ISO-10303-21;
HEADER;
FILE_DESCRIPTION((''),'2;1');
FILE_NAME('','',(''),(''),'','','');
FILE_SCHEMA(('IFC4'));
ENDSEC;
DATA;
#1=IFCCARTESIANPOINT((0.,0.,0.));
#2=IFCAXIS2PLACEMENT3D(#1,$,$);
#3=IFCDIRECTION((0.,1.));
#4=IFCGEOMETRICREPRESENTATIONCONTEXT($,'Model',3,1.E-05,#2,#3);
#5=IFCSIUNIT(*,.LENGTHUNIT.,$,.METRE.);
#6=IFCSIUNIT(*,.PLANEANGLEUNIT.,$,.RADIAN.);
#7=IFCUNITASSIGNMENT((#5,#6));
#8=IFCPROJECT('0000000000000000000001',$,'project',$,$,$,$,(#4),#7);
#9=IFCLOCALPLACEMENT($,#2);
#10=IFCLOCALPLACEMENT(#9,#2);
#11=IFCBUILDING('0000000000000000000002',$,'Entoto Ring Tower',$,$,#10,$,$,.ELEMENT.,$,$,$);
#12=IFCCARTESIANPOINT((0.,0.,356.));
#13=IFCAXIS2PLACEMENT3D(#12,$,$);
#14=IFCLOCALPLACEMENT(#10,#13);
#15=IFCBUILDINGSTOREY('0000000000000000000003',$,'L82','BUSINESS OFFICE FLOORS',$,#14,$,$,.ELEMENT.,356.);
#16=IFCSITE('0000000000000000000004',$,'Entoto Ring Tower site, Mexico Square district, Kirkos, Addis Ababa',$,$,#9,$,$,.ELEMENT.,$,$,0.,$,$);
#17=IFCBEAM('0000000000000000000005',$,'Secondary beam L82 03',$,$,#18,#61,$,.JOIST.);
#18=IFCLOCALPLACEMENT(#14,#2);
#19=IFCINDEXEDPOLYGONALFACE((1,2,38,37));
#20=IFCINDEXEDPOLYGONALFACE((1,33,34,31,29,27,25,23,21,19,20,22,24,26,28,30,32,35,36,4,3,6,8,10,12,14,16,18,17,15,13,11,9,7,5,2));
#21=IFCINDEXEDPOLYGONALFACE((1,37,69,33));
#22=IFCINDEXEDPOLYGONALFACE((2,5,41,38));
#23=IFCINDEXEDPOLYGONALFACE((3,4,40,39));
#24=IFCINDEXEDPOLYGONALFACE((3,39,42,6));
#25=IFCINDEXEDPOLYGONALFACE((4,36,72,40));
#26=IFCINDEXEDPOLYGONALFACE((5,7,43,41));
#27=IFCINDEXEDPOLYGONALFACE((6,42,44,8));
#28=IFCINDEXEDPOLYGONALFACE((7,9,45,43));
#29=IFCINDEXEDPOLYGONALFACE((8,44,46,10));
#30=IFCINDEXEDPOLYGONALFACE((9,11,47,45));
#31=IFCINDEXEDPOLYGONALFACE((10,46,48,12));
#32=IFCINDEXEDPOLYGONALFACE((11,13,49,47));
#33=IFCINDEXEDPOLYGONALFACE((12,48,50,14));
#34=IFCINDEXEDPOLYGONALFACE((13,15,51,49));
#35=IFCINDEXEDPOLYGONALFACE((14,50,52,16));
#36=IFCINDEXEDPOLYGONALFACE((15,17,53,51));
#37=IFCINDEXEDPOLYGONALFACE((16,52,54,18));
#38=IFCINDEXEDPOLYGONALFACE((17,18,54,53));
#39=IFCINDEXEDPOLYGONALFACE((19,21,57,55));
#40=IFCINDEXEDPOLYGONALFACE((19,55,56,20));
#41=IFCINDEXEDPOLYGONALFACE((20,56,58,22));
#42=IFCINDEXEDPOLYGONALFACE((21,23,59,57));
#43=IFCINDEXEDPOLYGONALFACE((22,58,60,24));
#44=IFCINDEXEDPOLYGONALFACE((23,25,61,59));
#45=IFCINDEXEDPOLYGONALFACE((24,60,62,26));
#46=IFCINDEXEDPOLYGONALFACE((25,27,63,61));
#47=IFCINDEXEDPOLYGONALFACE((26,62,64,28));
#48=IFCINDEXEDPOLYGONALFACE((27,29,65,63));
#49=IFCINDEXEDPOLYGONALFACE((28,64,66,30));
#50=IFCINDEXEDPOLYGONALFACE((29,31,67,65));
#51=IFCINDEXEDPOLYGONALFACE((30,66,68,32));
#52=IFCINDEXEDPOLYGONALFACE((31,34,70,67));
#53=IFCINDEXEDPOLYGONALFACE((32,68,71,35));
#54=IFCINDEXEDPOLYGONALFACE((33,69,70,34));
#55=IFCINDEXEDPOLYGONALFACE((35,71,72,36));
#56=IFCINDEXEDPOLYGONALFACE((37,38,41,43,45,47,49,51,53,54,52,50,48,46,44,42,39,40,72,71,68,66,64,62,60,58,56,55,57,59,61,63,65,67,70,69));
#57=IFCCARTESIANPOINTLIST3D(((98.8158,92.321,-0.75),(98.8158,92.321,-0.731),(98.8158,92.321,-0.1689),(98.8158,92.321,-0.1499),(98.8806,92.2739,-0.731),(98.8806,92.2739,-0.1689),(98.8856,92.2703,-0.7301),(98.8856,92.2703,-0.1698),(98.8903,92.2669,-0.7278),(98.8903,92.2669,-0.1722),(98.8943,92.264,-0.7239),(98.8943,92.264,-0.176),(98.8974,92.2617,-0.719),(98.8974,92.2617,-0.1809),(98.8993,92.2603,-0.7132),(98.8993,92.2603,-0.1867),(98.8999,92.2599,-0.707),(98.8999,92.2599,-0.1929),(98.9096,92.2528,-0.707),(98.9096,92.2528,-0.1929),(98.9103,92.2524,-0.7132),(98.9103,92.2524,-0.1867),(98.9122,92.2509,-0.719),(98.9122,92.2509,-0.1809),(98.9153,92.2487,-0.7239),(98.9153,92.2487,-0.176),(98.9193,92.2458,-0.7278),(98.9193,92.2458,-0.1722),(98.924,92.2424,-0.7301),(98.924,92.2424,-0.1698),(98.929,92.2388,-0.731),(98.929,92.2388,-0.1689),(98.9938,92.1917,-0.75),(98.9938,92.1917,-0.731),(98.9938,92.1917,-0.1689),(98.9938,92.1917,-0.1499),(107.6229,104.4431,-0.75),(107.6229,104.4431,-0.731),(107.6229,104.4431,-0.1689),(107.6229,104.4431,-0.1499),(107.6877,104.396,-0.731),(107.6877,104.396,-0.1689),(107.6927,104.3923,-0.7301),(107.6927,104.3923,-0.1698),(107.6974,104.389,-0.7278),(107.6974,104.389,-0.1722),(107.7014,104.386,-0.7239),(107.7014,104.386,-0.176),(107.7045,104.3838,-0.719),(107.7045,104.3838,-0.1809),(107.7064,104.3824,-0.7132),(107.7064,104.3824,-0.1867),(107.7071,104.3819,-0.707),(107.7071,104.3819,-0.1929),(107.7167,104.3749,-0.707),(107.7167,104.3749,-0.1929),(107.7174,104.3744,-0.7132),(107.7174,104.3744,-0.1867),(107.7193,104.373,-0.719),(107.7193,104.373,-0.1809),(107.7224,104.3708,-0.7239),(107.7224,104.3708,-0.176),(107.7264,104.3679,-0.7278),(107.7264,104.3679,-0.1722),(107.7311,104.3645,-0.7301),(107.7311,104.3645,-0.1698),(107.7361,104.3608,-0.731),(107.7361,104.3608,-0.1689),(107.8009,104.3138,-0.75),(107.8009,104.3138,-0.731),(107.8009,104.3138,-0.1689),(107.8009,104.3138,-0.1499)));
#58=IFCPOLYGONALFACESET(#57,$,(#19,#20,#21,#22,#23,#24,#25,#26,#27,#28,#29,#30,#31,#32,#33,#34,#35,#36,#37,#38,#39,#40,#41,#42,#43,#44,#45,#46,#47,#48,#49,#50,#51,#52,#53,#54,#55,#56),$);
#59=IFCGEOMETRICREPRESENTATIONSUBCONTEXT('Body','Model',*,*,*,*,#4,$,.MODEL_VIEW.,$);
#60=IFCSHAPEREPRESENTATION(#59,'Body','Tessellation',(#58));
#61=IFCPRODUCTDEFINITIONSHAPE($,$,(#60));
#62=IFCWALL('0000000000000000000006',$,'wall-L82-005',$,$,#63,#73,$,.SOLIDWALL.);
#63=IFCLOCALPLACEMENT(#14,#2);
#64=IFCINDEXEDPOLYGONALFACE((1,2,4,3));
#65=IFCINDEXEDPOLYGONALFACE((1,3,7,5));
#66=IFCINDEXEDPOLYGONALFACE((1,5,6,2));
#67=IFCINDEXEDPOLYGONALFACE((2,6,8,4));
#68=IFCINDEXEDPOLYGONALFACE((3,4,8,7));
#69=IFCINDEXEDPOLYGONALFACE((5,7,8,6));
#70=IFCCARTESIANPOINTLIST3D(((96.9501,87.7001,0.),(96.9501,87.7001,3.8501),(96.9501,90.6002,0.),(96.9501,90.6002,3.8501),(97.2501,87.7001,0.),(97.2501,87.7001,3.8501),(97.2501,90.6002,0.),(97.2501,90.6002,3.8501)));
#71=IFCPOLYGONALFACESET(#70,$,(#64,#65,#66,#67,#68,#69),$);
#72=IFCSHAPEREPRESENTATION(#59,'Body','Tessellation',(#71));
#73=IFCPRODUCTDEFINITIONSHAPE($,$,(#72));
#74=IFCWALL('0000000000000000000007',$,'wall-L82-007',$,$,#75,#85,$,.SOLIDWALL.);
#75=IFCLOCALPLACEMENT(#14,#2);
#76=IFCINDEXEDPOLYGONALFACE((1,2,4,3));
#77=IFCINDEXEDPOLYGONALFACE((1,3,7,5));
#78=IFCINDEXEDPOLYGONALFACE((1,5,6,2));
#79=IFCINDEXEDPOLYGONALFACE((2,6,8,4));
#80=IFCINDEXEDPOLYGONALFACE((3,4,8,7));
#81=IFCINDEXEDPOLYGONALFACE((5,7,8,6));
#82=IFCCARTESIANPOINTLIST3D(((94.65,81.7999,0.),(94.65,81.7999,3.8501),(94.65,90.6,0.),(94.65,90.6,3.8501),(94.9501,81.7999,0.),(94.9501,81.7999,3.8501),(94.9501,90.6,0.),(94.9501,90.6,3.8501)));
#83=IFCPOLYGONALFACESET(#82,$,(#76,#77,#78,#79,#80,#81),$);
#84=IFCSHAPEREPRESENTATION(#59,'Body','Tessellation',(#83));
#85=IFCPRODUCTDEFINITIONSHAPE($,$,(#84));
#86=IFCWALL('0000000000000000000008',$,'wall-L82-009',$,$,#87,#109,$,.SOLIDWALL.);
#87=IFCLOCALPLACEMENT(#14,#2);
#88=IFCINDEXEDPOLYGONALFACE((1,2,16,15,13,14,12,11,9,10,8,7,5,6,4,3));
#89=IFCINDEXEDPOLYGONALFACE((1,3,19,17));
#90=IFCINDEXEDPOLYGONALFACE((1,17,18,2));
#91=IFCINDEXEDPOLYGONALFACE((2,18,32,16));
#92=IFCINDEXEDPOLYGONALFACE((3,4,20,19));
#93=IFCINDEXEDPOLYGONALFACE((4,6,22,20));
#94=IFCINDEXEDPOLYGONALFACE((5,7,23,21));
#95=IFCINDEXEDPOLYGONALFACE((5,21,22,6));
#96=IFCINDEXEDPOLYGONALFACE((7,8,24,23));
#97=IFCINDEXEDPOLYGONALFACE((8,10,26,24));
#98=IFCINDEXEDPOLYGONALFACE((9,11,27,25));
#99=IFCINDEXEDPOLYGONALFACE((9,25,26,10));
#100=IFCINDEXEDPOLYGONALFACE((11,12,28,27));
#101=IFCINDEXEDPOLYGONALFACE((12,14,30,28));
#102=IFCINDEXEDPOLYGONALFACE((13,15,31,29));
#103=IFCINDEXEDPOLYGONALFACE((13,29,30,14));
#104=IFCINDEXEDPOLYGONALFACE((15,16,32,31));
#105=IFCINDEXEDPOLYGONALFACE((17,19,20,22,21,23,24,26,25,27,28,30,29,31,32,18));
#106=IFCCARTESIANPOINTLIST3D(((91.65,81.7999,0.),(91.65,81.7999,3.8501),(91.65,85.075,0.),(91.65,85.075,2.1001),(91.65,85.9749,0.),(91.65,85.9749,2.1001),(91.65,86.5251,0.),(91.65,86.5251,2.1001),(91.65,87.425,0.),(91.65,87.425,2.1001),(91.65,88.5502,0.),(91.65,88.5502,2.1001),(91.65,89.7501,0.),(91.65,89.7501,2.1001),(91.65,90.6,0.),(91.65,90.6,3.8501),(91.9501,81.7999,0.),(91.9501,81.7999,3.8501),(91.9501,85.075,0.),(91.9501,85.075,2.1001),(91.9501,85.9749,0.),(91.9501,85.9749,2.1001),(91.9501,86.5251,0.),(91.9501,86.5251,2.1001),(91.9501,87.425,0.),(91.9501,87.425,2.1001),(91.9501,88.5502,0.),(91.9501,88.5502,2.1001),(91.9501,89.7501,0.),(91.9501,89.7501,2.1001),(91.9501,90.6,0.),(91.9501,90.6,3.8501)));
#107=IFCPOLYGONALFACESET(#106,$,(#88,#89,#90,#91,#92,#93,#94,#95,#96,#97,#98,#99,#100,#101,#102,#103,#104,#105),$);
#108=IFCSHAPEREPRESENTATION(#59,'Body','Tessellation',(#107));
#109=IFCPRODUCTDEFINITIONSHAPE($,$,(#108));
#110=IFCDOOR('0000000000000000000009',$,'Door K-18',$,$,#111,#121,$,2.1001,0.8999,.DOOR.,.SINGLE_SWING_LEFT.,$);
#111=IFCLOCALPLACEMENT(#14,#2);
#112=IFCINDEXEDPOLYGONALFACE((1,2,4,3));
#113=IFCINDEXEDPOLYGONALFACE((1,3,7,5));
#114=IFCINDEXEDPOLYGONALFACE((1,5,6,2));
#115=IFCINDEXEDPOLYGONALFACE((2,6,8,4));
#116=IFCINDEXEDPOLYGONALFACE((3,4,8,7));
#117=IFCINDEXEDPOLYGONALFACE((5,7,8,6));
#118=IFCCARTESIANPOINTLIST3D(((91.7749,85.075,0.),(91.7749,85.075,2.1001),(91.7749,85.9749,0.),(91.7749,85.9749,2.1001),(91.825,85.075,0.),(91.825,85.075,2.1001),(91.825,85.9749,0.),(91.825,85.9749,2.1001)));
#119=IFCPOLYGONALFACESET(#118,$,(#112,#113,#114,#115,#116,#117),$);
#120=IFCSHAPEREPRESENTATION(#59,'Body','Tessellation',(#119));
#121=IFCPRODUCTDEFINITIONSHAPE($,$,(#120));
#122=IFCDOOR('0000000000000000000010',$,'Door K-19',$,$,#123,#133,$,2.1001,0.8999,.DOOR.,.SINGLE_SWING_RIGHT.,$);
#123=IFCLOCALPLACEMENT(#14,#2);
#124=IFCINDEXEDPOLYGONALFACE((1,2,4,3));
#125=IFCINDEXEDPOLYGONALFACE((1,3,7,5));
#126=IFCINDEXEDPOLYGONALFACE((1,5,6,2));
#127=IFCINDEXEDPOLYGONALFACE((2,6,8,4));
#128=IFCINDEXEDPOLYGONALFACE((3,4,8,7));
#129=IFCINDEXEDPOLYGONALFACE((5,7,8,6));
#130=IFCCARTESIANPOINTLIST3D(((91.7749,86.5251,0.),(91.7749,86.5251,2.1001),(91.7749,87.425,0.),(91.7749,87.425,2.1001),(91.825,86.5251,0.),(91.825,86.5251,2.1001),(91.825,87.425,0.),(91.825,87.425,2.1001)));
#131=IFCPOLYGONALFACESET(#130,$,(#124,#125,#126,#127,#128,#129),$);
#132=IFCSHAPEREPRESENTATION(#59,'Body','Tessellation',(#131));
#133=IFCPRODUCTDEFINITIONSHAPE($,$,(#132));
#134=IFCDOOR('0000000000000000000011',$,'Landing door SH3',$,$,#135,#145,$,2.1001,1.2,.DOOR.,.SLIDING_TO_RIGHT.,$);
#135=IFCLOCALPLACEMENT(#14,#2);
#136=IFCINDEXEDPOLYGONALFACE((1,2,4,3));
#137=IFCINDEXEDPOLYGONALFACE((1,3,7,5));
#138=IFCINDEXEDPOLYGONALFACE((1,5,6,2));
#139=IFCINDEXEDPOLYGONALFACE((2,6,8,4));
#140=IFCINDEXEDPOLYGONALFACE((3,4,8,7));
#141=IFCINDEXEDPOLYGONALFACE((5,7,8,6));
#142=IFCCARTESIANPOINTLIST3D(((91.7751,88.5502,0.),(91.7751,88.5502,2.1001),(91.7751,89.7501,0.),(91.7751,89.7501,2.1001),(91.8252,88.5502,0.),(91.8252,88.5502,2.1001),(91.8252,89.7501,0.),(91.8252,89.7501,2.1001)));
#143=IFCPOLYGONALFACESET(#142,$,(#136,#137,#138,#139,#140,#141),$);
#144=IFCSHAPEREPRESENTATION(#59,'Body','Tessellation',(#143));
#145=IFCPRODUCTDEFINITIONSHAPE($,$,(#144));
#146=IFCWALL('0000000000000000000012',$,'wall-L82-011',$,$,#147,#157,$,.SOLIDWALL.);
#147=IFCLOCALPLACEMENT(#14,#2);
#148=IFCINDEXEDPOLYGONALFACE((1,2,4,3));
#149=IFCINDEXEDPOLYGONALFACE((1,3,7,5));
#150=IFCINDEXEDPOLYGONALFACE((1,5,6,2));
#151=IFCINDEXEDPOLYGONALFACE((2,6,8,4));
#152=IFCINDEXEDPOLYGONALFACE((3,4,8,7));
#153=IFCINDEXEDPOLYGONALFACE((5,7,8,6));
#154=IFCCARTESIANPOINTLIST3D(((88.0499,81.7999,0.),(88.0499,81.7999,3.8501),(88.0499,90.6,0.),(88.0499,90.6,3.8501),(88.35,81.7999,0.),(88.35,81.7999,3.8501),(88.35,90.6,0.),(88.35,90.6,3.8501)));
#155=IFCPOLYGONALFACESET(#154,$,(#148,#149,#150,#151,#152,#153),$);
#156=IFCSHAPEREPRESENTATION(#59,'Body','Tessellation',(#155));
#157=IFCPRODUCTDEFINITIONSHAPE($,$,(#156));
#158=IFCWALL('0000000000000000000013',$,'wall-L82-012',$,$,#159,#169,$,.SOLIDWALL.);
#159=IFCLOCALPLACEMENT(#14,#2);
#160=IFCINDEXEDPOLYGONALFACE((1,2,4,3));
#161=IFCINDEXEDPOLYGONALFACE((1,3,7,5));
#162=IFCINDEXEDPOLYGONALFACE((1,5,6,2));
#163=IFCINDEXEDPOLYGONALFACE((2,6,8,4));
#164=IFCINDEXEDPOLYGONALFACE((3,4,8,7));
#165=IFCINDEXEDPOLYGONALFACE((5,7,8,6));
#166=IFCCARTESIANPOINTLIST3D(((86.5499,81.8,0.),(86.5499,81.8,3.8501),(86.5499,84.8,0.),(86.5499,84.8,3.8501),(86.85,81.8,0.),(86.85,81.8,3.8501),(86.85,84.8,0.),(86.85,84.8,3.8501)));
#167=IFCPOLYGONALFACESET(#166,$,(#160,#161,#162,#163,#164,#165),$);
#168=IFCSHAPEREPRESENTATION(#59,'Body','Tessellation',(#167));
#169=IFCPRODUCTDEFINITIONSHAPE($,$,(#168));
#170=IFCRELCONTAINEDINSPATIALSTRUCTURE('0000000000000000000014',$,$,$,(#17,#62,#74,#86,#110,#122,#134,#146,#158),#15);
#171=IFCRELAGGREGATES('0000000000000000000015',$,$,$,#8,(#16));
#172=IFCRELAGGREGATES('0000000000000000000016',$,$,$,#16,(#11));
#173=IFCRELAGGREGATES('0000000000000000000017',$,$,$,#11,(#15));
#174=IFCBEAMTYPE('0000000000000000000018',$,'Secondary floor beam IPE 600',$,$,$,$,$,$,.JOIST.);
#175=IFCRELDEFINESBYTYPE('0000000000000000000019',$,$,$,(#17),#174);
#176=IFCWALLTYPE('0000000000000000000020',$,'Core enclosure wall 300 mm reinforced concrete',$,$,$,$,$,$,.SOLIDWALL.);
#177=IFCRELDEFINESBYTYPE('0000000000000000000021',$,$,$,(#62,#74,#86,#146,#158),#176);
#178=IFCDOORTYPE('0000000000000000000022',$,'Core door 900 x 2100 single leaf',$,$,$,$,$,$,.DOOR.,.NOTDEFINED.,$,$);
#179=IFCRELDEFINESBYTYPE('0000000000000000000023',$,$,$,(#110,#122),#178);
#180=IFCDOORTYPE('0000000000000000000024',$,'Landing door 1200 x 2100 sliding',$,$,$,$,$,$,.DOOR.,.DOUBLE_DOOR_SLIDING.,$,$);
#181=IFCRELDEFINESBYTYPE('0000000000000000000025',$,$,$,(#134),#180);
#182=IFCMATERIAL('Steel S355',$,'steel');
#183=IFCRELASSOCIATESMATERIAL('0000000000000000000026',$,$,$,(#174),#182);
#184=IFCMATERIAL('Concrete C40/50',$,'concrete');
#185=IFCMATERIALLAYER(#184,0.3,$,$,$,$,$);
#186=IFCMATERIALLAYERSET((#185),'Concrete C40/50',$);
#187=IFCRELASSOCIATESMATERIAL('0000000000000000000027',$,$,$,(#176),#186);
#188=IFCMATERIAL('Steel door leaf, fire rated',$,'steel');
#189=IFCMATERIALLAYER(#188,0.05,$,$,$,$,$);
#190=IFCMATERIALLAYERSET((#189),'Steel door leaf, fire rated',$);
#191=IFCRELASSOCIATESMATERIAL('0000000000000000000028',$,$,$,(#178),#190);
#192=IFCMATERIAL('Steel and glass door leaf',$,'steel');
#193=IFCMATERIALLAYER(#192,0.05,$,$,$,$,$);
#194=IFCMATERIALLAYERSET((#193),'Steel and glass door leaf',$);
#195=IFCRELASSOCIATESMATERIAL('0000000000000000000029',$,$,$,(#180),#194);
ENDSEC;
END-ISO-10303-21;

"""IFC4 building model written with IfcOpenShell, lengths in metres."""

from ifc_helpers import new_model, si_unit, direction, frame, frame_2d, origin, origin_2d, place, context, subcontext, project, spatial, rectangle, i_section, extrude, material, layer, layer_set, material_profile, profile_set, type_object, element, fill, save


model = new_model("IFC4")

# Units and contexts
model_context = context("Model", 3, precision=1e-05, world=origin(), true_north=direction((0.0, 1.0)))
body_context = subcontext(model_context, "Body", "Model", "MODEL_VIEW")
ifc_project = project(units=[si_unit("LENGTHUNIT", "METRE"), si_unit("PLANEANGLEUNIT", "RADIAN")], contexts=[model_context])

# Site, building, storey
site_placement = place(None, origin())
site = spatial("IfcSite", under=ifc_project, at=site_placement, Name="Entoto Ring Tower site, Mexico Square district, Kirkos, Addis Ababa", CompositionType="ELEMENT", RefElevation=0.0)
building_placement = place(site_placement, origin())
building = spatial("IfcBuilding", under=site, at=building_placement, Name="Entoto Ring Tower", CompositionType="ELEMENT")
storey_placement = place(building_placement, frame((0.0, 0.0, 356.0)))
storey = spatial("IfcBuildingStorey", under=building, at=storey_placement, Name="L82", Description="BUSINESS OFFICE FLOORS", CompositionType="ELEMENT", Elevation=356.0)

# Beam
ifc_material_1 = material(Name="Steel S355", Category="steel")
ifc_material_profile = material_profile(ifc_material_1, i_section(OverallWidth=0.22, OverallDepth=0.6001, WebThickness=0.012, FlangeThickness=0.019, FilletRadius=0.0239, at=origin_2d()), Name="IPE 600")
ifc_profile_set = profile_set([ifc_material_profile], Name="Steel S355")
beam_type = type_object("IfcBeamType", Name="Secondary floor beam IPE 600", PredefinedType="JOIST", material=ifc_profile_set)
beam_placement = place(storey_placement, frame((98.9048, 92.2563, -0.45), z_axis=(0.587782, 0.809019, 0.0), x_axis=(-0.809019, 0.587782, 0.0)))
element("IfcBeam", 1, at=beam_placement, inside=storey, type_object=beam_type, Name="Secondary beam L82 03", PredefinedType="JOIST", context=body_context, shape_type="SweptSolid", body=[
    extrude(i_section(OverallWidth=0.22, OverallDepth=0.6001, WebThickness=0.012, FlangeThickness=0.019, FilletRadius=0.0239, at=origin_2d()), origin(), (0.0, 0.0, 1.0), 14.9836),
])

# Walls
ifc_material_2 = material(Name="Concrete C40/50", Category="concrete")
ifc_layer_1 = layer(ifc_material_2, 0.3)
ifc_layer_set_1 = layer_set([ifc_layer_1], Name="Concrete C40/50")
wall_type_1 = type_object("IfcWallType", Name="Core enclosure wall 300 mm reinforced concrete", PredefinedType="SOLIDWALL", material=ifc_layer_set_1)
wall_1_placement = place(storey_placement, frame((97.1001, 87.7, 0.0), z_axis=(0.0, 0.0, 1.0), x_axis=(0.0, 1.0, 0.0)))
element("IfcWall", 2, at=wall_1_placement, inside=storey, type_object=wall_type_1, Name="wall-L82-005", PredefinedType="SOLIDWALL", context=body_context, shape_type="SweptSolid", body=[
    extrude(rectangle(XDim=2.9001, YDim=0.3, at=frame_2d((1.4502, 0.0))), origin(), (0.0, 0.0, 1.0), 3.8501),
])
wall_2_placement = place(storey_placement, frame((94.8, 81.8, 0.0), z_axis=(0.0, 0.0, 1.0), x_axis=(0.0, 1.0, 0.0)))
element("IfcWall", 3, at=wall_2_placement, inside=storey, type_object=wall_type_1, Name="wall-L82-007", PredefinedType="SOLIDWALL", context=body_context, shape_type="SweptSolid", body=[
    extrude(rectangle(XDim=8.8, YDim=0.3, at=frame_2d((4.3999, 0.0))), origin(), (0.0, 0.0, 1.0), 3.8501),
])

# Wall, openings, doors
wall_3_placement = place(storey_placement, frame((91.8, 81.8, 0.0), z_axis=(0.0, 0.0, 1.0), x_axis=(0.0, 1.0, 0.0)))
wall_3 = element("IfcWall", 4, at=wall_3_placement, inside=storey, type_object=wall_type_1, Name="wall-L82-009", PredefinedType="SOLIDWALL", context=body_context, shape_type="SweptSolid", body=[
    extrude(rectangle(XDim=8.8, YDim=0.3, at=frame_2d((4.3999, 0.0))), origin(), (0.0, 0.0, 1.0), 3.8501),
])
opening_1_placement = place(wall_3_placement, frame((6.75, 0.0, 0.0)))
opening_1 = element("IfcOpeningElement", 5, at=opening_1_placement, cuts=wall_3, PredefinedType="OPENING", context=body_context, shape_type="SweptSolid", body=[
    extrude(rectangle(XDim=1.2, YDim=2.1001, at=frame_2d((0.6001, 1.05))), frame((0.0, 0.1602, 0.0), z_axis=(0.0, -1.0, 0.0), x_axis=(1.0, 0.0, 0.0)), (0.0, 0.0, 1.0), 0.3201),
])
opening_2_placement = place(wall_3_placement, frame((3.2749, 0.0, 0.0)))
opening_2 = element("IfcOpeningElement", 6, at=opening_2_placement, cuts=wall_3, PredefinedType="OPENING", context=body_context, shape_type="SweptSolid", body=[
    extrude(rectangle(XDim=0.8999, YDim=2.1001, at=frame_2d((0.45, 1.05))), frame((0.0, 0.1602, 0.0), z_axis=(0.0, -1.0, 0.0), x_axis=(1.0, 0.0, 0.0)), (0.0, 0.0, 1.0), 0.3201),
])
opening_3_placement = place(wall_3_placement, frame((4.7251, 0.0, 0.0)))
opening_3 = element("IfcOpeningElement", 7, at=opening_3_placement, cuts=wall_3, PredefinedType="OPENING", context=body_context, shape_type="SweptSolid", body=[
    extrude(rectangle(XDim=0.8999, YDim=2.1001, at=frame_2d((0.45, 1.05))), frame((0.0, 0.1602, 0.0), z_axis=(0.0, -1.0, 0.0), x_axis=(1.0, 0.0, 0.0)), (0.0, 0.0, 1.0), 0.3201),
])
ifc_material_3 = material(Name="Steel door leaf, fire rated", Category="steel")
ifc_layer_2 = layer(ifc_material_3, 0.05)
ifc_layer_set_2 = layer_set([ifc_layer_2], Name="Steel door leaf, fire rated")
door_type_1 = type_object("IfcDoorType", Name="Core door 900 x 2100 single leaf", OperationType="NOTDEFINED", PredefinedType="DOOR", material=ifc_layer_set_2)
door_1_placement = place(opening_2_placement, frame((0.8999, 0.0, 0.0), z_axis=(0.0, 0.0, 1.0), x_axis=(-1.0, 0.0, 0.0)))
door_1 = element("IfcDoor", 8, at=door_1_placement, inside=storey, type_object=door_type_1, Name="Door K-18", OperationType="SINGLE_SWING_LEFT", OverallHeight=2.1001, OverallWidth=0.8999, PredefinedType="DOOR", context=body_context, shape_type="SweptSolid", body=[
    extrude(rectangle(XDim=0.8999, YDim=2.1001, at=frame_2d((0.45, 1.05))), frame((0.0, 0.0249, 0.0), z_axis=(0.0, -1.0, 0.0), x_axis=(1.0, 0.0, 0.0)), (0.0, 0.0, 1.0), 0.05),
])
fill(opening_2, door_1)
door_2_placement = place(opening_3_placement, frame((0.8999, 0.0, 0.0), z_axis=(0.0, 0.0, 1.0), x_axis=(-1.0, 0.0, 0.0)))
door_2 = element("IfcDoor", 9, at=door_2_placement, inside=storey, type_object=door_type_1, Name="Door K-19", OperationType="SINGLE_SWING_RIGHT", OverallHeight=2.1001, OverallWidth=0.8999, PredefinedType="DOOR", context=body_context, shape_type="SweptSolid", body=[
    extrude(rectangle(XDim=0.8999, YDim=2.1001, at=frame_2d((0.45, 1.05))), frame((0.0, 0.0249, 0.0), z_axis=(0.0, -1.0, 0.0), x_axis=(1.0, 0.0, 0.0)), (0.0, 0.0, 1.0), 0.05),
])
fill(opening_3, door_2)
ifc_material_4 = material(Name="Steel and glass door leaf", Category="steel")
ifc_layer_3 = layer(ifc_material_4, 0.05)
ifc_layer_set_3 = layer_set([ifc_layer_3], Name="Steel and glass door leaf")
door_type_2 = type_object("IfcDoorType", Name="Landing door 1200 x 2100 sliding", OperationType="DOUBLE_DOOR_SLIDING", PredefinedType="DOOR", material=ifc_layer_set_3)
door_3_placement = place(opening_1_placement, origin())
door_3 = element("IfcDoor", 10, at=door_3_placement, inside=storey, type_object=door_type_2, Name="Landing door SH3", OperationType="SLIDING_TO_RIGHT", OverallHeight=2.1001, OverallWidth=1.2, PredefinedType="DOOR", context=body_context, shape_type="SweptSolid", body=[
    extrude(rectangle(XDim=1.2, YDim=2.1001, at=frame_2d((0.6001, 1.05))), frame((0.0, 0.0249, 0.0), z_axis=(0.0, -1.0, 0.0), x_axis=(1.0, 0.0, 0.0)), (0.0, 0.0, 1.0), 0.05),
])
fill(opening_1, door_3)

# Walls
wall_4_placement = place(storey_placement, frame((88.2, 81.8, 0.0), z_axis=(0.0, 0.0, 1.0), x_axis=(0.0, 1.0, 0.0)))
element("IfcWall", 11, at=wall_4_placement, inside=storey, type_object=wall_type_1, Name="wall-L82-011", PredefinedType="SOLIDWALL", context=body_context, shape_type="SweptSolid", body=[
    extrude(rectangle(XDim=8.8, YDim=0.3, at=frame_2d((4.3999, 0.0))), origin(), (0.0, 0.0, 1.0), 3.8501),
])
wall_5_placement = place(storey_placement, frame((86.7, 81.8, 0.0), z_axis=(0.0, 0.0, 1.0), x_axis=(0.0, 1.0, 0.0)))
element("IfcWall", 12, at=wall_5_placement, inside=storey, type_object=wall_type_1, Name="wall-L82-012", PredefinedType="SOLIDWALL", context=body_context, shape_type="SweptSolid", body=[
    extrude(rectangle(XDim=3.0, YDim=0.3, at=frame_2d((1.5, 0.0))), origin(), (0.0, 0.0, 1.0), 3.8501),
])

save(model, "model.ifc")
